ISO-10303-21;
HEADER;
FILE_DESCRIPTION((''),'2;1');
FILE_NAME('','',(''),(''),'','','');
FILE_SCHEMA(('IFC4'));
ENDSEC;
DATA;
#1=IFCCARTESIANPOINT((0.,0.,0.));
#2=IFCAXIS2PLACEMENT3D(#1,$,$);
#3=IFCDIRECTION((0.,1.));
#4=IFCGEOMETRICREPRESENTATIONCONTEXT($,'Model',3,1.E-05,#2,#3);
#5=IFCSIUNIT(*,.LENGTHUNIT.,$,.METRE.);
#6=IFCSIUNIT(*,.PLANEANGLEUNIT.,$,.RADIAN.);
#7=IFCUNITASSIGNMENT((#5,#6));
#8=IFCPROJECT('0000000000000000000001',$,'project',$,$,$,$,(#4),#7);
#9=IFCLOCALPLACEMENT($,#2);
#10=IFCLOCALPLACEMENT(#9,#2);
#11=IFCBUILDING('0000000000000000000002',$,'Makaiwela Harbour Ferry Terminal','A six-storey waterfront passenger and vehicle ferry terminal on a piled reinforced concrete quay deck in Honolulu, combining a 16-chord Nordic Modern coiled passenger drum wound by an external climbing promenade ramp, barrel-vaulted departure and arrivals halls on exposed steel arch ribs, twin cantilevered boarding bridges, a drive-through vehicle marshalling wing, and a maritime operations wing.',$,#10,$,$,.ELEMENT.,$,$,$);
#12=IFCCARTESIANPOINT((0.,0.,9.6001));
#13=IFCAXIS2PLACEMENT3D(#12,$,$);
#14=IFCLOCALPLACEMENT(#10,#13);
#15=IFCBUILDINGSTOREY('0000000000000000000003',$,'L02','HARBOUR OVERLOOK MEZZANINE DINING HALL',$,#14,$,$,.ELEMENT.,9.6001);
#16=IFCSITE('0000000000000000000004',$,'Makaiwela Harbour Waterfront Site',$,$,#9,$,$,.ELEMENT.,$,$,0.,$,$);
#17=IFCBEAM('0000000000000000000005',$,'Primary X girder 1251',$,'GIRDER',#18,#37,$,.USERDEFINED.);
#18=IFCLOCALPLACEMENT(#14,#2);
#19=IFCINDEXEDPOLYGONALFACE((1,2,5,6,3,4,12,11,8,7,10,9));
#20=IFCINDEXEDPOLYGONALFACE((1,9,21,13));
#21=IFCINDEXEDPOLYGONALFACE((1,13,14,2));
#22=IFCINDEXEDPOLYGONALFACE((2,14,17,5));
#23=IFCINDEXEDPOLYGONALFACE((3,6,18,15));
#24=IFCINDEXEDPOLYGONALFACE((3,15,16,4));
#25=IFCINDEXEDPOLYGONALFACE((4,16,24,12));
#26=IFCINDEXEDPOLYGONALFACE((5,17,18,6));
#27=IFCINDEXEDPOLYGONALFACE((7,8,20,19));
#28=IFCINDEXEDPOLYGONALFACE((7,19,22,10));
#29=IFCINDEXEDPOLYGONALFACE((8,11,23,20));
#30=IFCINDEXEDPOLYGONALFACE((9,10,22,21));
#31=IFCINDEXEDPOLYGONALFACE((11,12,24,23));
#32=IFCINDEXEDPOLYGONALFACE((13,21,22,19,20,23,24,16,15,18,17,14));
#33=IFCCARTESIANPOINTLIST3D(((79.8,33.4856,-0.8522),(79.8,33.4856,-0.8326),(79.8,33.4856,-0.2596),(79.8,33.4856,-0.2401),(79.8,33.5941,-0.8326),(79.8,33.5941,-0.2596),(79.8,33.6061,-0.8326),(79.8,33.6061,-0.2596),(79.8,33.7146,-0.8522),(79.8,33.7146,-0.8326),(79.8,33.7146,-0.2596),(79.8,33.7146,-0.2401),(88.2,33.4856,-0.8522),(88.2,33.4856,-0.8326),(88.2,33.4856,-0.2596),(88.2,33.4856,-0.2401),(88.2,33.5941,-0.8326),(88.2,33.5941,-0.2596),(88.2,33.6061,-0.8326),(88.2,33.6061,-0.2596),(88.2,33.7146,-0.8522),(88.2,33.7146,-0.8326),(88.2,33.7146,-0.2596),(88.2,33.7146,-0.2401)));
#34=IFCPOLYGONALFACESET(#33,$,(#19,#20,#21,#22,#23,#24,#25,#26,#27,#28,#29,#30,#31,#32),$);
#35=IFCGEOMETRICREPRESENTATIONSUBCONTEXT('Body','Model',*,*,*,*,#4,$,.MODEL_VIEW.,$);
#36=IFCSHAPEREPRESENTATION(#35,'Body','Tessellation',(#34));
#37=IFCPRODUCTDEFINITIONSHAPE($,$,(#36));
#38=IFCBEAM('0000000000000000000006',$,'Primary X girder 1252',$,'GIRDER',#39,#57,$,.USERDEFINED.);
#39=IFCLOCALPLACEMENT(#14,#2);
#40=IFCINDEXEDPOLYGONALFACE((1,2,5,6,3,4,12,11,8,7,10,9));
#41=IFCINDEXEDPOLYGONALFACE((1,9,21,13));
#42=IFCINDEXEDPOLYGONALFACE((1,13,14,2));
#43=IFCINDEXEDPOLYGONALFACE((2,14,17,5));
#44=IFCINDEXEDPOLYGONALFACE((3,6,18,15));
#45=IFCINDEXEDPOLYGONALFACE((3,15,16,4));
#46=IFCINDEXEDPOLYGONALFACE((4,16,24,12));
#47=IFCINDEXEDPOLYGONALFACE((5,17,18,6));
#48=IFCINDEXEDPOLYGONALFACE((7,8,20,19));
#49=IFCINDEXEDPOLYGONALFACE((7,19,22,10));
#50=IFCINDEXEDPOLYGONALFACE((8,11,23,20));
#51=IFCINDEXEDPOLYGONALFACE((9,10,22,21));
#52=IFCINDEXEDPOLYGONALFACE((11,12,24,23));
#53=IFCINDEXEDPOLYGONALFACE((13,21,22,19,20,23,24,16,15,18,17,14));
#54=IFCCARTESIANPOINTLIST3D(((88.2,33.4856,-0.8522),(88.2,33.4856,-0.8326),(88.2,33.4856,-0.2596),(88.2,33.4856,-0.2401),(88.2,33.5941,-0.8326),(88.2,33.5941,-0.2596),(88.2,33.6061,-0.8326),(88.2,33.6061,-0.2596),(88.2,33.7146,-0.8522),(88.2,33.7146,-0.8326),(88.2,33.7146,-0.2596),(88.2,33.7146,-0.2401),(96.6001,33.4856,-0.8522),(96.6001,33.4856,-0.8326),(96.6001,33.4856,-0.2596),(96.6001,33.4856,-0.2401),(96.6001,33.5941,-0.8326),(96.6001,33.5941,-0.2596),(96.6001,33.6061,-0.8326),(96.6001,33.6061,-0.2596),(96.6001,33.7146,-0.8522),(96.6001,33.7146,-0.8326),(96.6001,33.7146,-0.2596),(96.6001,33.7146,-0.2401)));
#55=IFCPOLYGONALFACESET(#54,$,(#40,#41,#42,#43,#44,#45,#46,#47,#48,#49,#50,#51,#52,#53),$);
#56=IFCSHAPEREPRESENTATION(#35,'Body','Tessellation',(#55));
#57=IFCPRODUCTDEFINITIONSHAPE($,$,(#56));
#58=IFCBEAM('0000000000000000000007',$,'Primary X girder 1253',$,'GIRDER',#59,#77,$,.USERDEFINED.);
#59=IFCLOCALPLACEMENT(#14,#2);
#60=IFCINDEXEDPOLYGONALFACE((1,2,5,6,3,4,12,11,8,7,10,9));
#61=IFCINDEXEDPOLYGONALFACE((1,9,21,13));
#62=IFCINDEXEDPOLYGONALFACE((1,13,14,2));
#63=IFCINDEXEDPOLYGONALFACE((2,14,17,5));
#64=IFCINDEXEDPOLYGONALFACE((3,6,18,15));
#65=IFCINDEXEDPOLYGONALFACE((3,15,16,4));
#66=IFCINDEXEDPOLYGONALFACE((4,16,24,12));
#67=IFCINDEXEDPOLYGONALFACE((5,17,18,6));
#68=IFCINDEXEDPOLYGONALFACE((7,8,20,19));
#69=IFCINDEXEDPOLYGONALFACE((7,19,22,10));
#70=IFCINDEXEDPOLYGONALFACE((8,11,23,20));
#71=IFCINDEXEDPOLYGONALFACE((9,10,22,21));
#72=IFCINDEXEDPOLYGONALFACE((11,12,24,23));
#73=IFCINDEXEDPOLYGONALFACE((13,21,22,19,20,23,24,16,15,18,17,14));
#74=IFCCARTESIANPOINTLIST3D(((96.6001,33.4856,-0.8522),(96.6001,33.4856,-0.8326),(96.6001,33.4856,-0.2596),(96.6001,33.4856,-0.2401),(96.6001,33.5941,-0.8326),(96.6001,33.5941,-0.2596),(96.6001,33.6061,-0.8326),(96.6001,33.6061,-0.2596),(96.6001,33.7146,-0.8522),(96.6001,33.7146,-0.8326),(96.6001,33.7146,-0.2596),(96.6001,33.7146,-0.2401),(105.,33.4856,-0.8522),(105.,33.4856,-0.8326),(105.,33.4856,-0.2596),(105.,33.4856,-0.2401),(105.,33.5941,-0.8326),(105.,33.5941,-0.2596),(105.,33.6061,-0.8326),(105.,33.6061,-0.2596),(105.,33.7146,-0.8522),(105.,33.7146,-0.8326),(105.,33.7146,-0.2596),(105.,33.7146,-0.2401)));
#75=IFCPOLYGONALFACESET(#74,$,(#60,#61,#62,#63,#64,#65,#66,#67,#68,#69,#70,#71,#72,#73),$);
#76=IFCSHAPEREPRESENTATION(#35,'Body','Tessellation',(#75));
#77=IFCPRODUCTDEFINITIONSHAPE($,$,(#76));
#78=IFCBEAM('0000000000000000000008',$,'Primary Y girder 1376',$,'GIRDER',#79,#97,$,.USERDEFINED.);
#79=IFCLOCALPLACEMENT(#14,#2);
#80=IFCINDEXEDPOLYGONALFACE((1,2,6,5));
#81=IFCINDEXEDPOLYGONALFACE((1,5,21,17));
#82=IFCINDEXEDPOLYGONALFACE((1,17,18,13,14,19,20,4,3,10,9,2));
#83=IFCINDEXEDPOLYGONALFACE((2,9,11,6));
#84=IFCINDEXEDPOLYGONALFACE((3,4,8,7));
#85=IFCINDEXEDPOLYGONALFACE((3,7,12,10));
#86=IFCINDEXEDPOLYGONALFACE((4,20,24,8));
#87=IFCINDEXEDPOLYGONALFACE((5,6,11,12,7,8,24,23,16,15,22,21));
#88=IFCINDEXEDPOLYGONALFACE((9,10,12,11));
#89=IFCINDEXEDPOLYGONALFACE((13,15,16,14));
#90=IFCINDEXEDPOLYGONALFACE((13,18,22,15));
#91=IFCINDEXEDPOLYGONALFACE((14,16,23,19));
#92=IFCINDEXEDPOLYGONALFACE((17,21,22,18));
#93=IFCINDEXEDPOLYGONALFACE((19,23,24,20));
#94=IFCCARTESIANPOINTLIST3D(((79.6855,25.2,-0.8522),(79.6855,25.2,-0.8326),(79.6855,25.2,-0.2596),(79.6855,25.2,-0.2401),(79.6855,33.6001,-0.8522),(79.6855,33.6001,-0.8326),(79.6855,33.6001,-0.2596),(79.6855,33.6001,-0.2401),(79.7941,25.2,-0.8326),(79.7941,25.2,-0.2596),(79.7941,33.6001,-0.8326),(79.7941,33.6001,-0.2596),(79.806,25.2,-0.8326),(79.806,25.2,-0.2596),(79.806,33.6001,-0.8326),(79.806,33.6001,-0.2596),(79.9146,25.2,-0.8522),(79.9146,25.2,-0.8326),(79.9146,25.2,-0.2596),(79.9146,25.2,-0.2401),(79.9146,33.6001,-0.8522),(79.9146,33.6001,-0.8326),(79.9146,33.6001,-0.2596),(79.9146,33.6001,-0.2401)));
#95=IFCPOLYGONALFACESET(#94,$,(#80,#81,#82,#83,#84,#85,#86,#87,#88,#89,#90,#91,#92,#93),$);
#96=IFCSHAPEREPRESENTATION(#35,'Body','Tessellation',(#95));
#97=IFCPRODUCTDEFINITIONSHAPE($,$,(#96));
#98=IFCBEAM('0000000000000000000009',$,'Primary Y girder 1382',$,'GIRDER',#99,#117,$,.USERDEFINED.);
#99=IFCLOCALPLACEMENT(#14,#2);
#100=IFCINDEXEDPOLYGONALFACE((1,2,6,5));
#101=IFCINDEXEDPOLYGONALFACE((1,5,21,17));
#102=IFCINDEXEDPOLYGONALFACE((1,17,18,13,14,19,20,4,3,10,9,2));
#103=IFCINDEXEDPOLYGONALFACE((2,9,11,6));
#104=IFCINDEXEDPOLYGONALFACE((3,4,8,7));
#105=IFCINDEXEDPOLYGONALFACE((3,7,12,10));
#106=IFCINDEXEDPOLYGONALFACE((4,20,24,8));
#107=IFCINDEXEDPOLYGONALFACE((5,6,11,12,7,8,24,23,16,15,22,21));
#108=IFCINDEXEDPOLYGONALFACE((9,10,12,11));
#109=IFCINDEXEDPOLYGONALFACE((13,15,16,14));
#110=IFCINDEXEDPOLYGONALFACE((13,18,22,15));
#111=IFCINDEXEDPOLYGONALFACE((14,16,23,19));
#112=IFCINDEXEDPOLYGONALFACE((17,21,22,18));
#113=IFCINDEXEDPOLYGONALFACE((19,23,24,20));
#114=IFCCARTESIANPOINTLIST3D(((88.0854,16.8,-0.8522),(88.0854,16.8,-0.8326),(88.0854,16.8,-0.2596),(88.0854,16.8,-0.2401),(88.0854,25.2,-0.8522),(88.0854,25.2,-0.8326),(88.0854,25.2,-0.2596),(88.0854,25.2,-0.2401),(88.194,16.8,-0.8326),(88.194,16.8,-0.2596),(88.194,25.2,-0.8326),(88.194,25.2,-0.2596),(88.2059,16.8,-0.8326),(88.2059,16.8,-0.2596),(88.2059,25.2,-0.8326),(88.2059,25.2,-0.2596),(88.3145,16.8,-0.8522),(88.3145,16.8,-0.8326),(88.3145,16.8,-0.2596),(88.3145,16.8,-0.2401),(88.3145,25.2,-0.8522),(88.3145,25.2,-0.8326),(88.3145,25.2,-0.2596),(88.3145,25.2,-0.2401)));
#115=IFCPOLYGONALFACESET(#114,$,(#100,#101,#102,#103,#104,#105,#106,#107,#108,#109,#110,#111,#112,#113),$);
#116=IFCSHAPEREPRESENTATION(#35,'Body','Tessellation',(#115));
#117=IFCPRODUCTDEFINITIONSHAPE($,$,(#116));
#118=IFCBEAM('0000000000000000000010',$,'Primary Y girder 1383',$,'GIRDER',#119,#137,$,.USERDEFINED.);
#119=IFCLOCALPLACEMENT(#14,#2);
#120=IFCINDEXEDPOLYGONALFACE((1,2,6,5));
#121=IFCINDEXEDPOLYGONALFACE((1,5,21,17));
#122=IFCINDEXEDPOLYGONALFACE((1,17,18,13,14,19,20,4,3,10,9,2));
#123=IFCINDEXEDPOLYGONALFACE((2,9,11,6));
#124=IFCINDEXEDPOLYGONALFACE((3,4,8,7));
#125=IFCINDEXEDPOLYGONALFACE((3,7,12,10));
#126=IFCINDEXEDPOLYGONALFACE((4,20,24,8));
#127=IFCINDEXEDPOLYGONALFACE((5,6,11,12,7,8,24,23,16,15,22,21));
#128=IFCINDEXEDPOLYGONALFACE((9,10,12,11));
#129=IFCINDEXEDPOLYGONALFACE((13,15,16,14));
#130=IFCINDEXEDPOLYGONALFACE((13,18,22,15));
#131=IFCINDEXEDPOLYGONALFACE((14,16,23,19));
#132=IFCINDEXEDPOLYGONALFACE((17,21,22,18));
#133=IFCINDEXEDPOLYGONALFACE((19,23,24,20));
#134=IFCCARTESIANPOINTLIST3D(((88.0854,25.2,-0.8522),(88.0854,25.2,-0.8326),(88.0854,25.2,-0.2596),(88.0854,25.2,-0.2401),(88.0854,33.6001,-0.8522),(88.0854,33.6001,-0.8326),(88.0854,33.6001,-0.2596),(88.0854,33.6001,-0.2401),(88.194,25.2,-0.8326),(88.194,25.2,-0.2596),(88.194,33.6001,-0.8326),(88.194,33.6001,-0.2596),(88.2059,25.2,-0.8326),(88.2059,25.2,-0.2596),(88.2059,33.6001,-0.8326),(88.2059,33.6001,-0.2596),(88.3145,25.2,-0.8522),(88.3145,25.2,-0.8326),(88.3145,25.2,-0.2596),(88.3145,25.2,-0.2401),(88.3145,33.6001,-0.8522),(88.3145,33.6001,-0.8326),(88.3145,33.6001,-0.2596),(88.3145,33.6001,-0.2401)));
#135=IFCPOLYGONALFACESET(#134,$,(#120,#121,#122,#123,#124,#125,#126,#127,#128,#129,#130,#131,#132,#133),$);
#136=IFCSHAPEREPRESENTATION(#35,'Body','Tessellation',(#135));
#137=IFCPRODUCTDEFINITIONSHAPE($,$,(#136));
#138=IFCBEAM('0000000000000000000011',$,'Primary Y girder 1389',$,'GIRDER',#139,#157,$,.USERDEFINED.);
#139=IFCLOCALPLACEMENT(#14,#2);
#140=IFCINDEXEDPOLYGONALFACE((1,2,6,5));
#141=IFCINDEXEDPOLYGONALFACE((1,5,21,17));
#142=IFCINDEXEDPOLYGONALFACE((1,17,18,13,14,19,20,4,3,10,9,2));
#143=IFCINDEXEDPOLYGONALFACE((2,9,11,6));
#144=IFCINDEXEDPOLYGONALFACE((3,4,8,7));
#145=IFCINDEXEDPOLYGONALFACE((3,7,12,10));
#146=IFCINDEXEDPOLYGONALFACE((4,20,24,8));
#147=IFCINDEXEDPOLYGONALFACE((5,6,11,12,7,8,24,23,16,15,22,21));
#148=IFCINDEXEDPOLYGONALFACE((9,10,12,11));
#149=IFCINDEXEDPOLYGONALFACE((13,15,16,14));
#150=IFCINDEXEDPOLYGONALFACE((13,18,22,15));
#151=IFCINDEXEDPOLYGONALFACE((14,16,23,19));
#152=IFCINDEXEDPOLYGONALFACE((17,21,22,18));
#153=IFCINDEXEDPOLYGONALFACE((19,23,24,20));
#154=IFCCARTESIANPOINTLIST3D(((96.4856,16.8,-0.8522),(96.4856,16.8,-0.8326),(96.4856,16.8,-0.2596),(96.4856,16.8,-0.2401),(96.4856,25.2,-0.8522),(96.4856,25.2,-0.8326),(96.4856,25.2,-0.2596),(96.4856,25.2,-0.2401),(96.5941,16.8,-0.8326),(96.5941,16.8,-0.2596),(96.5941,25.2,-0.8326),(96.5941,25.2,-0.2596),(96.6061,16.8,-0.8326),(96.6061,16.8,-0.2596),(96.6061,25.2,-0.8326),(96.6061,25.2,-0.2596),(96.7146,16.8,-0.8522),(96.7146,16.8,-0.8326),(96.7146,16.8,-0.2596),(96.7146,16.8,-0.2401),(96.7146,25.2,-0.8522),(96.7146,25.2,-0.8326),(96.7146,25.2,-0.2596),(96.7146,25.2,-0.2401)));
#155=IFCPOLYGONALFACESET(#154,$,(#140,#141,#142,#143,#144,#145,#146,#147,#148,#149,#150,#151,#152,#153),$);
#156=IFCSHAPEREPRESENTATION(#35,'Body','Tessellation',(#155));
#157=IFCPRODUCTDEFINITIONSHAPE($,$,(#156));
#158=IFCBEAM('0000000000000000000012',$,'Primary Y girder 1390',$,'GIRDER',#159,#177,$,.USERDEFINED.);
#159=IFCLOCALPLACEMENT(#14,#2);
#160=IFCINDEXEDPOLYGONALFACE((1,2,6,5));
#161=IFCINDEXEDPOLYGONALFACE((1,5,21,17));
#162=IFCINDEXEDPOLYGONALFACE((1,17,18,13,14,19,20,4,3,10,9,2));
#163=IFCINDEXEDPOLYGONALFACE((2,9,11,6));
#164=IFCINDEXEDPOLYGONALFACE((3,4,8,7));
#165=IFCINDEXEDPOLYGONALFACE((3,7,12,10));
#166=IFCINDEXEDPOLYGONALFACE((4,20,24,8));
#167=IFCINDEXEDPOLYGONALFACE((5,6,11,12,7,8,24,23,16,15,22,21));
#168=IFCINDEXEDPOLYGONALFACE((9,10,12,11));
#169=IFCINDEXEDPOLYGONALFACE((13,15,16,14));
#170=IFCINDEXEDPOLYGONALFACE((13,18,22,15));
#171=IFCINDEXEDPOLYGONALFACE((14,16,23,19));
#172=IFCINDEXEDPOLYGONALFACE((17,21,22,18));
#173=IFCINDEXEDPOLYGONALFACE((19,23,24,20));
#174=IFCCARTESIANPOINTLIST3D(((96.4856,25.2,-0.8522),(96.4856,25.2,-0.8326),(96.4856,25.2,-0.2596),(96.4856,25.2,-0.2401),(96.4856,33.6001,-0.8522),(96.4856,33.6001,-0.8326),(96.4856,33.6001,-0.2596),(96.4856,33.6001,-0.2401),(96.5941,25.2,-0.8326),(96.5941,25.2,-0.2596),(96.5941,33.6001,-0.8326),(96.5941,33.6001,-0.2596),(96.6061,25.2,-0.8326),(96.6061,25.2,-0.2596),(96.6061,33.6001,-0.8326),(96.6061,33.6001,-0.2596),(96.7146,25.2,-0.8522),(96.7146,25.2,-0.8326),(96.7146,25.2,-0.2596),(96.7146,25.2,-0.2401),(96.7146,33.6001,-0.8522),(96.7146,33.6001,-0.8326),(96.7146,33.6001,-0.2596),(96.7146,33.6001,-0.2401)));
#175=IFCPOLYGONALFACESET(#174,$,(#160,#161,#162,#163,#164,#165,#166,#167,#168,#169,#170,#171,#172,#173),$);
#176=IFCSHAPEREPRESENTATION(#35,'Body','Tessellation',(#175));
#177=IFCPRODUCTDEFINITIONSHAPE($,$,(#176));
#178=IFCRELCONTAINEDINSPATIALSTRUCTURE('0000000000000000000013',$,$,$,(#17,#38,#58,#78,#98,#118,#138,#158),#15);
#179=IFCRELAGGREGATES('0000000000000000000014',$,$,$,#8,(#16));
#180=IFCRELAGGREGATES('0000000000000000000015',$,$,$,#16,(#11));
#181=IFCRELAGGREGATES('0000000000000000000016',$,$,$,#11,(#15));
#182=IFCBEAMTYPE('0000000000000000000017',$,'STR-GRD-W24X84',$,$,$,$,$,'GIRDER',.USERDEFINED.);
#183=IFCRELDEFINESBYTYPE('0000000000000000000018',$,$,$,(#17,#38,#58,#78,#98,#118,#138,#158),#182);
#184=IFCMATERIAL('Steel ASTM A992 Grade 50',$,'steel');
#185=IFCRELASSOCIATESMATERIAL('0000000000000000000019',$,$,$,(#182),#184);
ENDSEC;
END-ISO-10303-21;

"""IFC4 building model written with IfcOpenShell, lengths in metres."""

from ifc_helpers import new_model, si_unit, direction, frame, origin, origin_2d, place, context, subcontext, project, spatial, i_section, extrude, material, material_profile, profile_set, type_object, element, save


model = new_model("IFC4")

# Units and contexts
model_context = context("Model", 3, precision=1e-05, world=origin(), true_north=direction((0.0, 1.0)))
body_context = subcontext(model_context, "Body", "Model", "MODEL_VIEW")
ifc_project = project(units=[si_unit("LENGTHUNIT", "METRE"), si_unit("PLANEANGLEUNIT", "RADIAN")], contexts=[model_context])

# Site, building, storey
site_placement = place(None, origin())
site = spatial("IfcSite", under=ifc_project, at=site_placement, Name="Makaiwela Harbour Waterfront Site", CompositionType="ELEMENT", RefElevation=0.0)
building_placement = place(site_placement, origin())
building = spatial("IfcBuilding", under=site, at=building_placement, Name="Makaiwela Harbour Ferry Terminal", Description="A six-storey waterfront passenger and vehicle ferry terminal on a piled reinforced concrete quay deck in Honolulu, combining a 16-chord Nordic Modern coiled passenger drum wound by an external climbing promenade ramp, barrel-vaulted departure and arrivals halls on exposed steel arch ribs, twin cantilevered boarding bridges, a drive-through vehicle marshalling wing, and a maritime operations wing.", CompositionType="ELEMENT")
storey_placement = place(building_placement, frame((0.0, 0.0, 9.6001)))
storey = spatial("IfcBuildingStorey", under=building, at=storey_placement, Name="L02", Description="HARBOUR OVERLOOK MEZZANINE DINING HALL", CompositionType="ELEMENT", Elevation=9.6001)

# Beams
ifc_material = material(Name="Steel ASTM A992 Grade 50", Category="steel")
ifc_material_profile_1 = material_profile(ifc_material, i_section(OverallWidth=0.229, OverallDepth=0.6121, WebThickness=0.012, FlangeThickness=0.0195, at=origin_2d()), Name="W24X84")
ifc_profile_set_1 = profile_set([ifc_material_profile_1], Name="Steel ASTM A992 Grade 50")
beam_type_1 = type_object("IfcBeamType", Name="STR-GRD-W24X84", ElementType="GIRDER", PredefinedType="USERDEFINED", material=ifc_profile_set_1)
beam_1_placement = place(storey_placement, frame((79.8, 33.6001, -0.5461), z_axis=(1.0, 0.0, 0.0), x_axis=(0.0, 1.0, 0.0)))
element("IfcBeam", 1, at=beam_1_placement, inside=storey, type_object=beam_type_1, Name="Primary X girder 1251", ObjectType="GIRDER", PredefinedType="USERDEFINED", context=body_context, shape_type="SweptSolid", body=[
    extrude(i_section(OverallWidth=0.229, OverallDepth=0.6121, WebThickness=0.012, FlangeThickness=0.0195, at=origin_2d()), origin(), (0.0, 0.0, 1.0), 8.3999),
])
beam_2_placement = place(storey_placement, frame((88.2, 33.6001, -0.5461), z_axis=(1.0, 0.0, 0.0), x_axis=(0.0, 1.0, 0.0)))
element("IfcBeam", 2, at=beam_2_placement, inside=storey, type_object=beam_type_1, Name="Primary X girder 1252", ObjectType="GIRDER", PredefinedType="USERDEFINED", context=body_context, shape_type="SweptSolid", body=[
    extrude(i_section(OverallWidth=0.229, OverallDepth=0.6121, WebThickness=0.012, FlangeThickness=0.0195, at=origin_2d()), origin(), (0.0, 0.0, 1.0), 8.4001),
])
beam_3_placement = place(storey_placement, frame((96.6001, 33.6001, -0.5461), z_axis=(1.0, 0.0, 0.0), x_axis=(0.0, 1.0, 0.0)))
element("IfcBeam", 3, at=beam_3_placement, inside=storey, type_object=beam_type_1, Name="Primary X girder 1253", ObjectType="GIRDER", PredefinedType="USERDEFINED", context=body_context, shape_type="SweptSolid", body=[
    extrude(i_section(OverallWidth=0.229, OverallDepth=0.6121, WebThickness=0.012, FlangeThickness=0.0195, at=origin_2d()), origin(), (0.0, 0.0, 1.0), 8.3999),
])
beam_4_placement = place(storey_placement, frame((79.8, 25.2, -0.5461), z_axis=(0.0, 1.0, 0.0), x_axis=(-1.0, 0.0, 0.0)))
element("IfcBeam", 4, at=beam_4_placement, inside=storey, type_object=beam_type_1, Name="Primary Y girder 1376", ObjectType="GIRDER", PredefinedType="USERDEFINED", context=body_context, shape_type="SweptSolid", body=[
    extrude(i_section(OverallWidth=0.229, OverallDepth=0.6121, WebThickness=0.012, FlangeThickness=0.0195, at=origin_2d()), origin(), (0.0, 0.0, 1.0), 8.4001),
])
beam_5_placement = place(storey_placement, frame((88.2, 16.8, -0.5461), z_axis=(0.0, 1.0, 0.0), x_axis=(-1.0, 0.0, 0.0)))
element("IfcBeam", 5, at=beam_5_placement, inside=storey, type_object=beam_type_1, Name="Primary Y girder 1382", ObjectType="GIRDER", PredefinedType="USERDEFINED", context=body_context, shape_type="SweptSolid", body=[
    extrude(i_section(OverallWidth=0.229, OverallDepth=0.6121, WebThickness=0.012, FlangeThickness=0.0195, at=origin_2d()), origin(), (0.0, 0.0, 1.0), 8.3999),
])
beam_6_placement = place(storey_placement, frame((88.2, 25.2, -0.5461), z_axis=(0.0, 1.0, 0.0), x_axis=(-1.0, 0.0, 0.0)))
element("IfcBeam", 6, at=beam_6_placement, inside=storey, type_object=beam_type_1, Name="Primary Y girder 1383", ObjectType="GIRDER", PredefinedType="USERDEFINED", context=body_context, shape_type="SweptSolid", body=[
    extrude(i_section(OverallWidth=0.229, OverallDepth=0.6121, WebThickness=0.012, FlangeThickness=0.0195, at=origin_2d()), origin(), (0.0, 0.0, 1.0), 8.4001),
])
beam_7_placement = place(storey_placement, frame((96.6001, 16.8, -0.5461), z_axis=(0.0, 1.0, 0.0), x_axis=(-1.0, 0.0, 0.0)))
element("IfcBeam", 7, at=beam_7_placement, inside=storey, type_object=beam_type_1, Name="Primary Y girder 1389", ObjectType="GIRDER", PredefinedType="USERDEFINED", context=body_context, shape_type="SweptSolid", body=[
    extrude(i_section(OverallWidth=0.229, OverallDepth=0.6121, WebThickness=0.012, FlangeThickness=0.0195, at=origin_2d()), origin(), (0.0, 0.0, 1.0), 8.3999),
])
beam_8_placement = place(storey_placement, frame((96.6001, 25.2, -0.5461), z_axis=(0.0, 1.0, 0.0), x_axis=(-1.0, 0.0, 0.0)))
element("IfcBeam", 8, at=beam_8_placement, inside=storey, type_object=beam_type_1, Name="Primary Y girder 1390", ObjectType="GIRDER", PredefinedType="USERDEFINED", context=body_context, shape_type="SweptSolid", body=[
    extrude(i_section(OverallWidth=0.229, OverallDepth=0.6121, WebThickness=0.012, FlangeThickness=0.0195, at=origin_2d()), origin(), (0.0, 0.0, 1.0), 8.4001),
])

save(model, "model.ifc")
